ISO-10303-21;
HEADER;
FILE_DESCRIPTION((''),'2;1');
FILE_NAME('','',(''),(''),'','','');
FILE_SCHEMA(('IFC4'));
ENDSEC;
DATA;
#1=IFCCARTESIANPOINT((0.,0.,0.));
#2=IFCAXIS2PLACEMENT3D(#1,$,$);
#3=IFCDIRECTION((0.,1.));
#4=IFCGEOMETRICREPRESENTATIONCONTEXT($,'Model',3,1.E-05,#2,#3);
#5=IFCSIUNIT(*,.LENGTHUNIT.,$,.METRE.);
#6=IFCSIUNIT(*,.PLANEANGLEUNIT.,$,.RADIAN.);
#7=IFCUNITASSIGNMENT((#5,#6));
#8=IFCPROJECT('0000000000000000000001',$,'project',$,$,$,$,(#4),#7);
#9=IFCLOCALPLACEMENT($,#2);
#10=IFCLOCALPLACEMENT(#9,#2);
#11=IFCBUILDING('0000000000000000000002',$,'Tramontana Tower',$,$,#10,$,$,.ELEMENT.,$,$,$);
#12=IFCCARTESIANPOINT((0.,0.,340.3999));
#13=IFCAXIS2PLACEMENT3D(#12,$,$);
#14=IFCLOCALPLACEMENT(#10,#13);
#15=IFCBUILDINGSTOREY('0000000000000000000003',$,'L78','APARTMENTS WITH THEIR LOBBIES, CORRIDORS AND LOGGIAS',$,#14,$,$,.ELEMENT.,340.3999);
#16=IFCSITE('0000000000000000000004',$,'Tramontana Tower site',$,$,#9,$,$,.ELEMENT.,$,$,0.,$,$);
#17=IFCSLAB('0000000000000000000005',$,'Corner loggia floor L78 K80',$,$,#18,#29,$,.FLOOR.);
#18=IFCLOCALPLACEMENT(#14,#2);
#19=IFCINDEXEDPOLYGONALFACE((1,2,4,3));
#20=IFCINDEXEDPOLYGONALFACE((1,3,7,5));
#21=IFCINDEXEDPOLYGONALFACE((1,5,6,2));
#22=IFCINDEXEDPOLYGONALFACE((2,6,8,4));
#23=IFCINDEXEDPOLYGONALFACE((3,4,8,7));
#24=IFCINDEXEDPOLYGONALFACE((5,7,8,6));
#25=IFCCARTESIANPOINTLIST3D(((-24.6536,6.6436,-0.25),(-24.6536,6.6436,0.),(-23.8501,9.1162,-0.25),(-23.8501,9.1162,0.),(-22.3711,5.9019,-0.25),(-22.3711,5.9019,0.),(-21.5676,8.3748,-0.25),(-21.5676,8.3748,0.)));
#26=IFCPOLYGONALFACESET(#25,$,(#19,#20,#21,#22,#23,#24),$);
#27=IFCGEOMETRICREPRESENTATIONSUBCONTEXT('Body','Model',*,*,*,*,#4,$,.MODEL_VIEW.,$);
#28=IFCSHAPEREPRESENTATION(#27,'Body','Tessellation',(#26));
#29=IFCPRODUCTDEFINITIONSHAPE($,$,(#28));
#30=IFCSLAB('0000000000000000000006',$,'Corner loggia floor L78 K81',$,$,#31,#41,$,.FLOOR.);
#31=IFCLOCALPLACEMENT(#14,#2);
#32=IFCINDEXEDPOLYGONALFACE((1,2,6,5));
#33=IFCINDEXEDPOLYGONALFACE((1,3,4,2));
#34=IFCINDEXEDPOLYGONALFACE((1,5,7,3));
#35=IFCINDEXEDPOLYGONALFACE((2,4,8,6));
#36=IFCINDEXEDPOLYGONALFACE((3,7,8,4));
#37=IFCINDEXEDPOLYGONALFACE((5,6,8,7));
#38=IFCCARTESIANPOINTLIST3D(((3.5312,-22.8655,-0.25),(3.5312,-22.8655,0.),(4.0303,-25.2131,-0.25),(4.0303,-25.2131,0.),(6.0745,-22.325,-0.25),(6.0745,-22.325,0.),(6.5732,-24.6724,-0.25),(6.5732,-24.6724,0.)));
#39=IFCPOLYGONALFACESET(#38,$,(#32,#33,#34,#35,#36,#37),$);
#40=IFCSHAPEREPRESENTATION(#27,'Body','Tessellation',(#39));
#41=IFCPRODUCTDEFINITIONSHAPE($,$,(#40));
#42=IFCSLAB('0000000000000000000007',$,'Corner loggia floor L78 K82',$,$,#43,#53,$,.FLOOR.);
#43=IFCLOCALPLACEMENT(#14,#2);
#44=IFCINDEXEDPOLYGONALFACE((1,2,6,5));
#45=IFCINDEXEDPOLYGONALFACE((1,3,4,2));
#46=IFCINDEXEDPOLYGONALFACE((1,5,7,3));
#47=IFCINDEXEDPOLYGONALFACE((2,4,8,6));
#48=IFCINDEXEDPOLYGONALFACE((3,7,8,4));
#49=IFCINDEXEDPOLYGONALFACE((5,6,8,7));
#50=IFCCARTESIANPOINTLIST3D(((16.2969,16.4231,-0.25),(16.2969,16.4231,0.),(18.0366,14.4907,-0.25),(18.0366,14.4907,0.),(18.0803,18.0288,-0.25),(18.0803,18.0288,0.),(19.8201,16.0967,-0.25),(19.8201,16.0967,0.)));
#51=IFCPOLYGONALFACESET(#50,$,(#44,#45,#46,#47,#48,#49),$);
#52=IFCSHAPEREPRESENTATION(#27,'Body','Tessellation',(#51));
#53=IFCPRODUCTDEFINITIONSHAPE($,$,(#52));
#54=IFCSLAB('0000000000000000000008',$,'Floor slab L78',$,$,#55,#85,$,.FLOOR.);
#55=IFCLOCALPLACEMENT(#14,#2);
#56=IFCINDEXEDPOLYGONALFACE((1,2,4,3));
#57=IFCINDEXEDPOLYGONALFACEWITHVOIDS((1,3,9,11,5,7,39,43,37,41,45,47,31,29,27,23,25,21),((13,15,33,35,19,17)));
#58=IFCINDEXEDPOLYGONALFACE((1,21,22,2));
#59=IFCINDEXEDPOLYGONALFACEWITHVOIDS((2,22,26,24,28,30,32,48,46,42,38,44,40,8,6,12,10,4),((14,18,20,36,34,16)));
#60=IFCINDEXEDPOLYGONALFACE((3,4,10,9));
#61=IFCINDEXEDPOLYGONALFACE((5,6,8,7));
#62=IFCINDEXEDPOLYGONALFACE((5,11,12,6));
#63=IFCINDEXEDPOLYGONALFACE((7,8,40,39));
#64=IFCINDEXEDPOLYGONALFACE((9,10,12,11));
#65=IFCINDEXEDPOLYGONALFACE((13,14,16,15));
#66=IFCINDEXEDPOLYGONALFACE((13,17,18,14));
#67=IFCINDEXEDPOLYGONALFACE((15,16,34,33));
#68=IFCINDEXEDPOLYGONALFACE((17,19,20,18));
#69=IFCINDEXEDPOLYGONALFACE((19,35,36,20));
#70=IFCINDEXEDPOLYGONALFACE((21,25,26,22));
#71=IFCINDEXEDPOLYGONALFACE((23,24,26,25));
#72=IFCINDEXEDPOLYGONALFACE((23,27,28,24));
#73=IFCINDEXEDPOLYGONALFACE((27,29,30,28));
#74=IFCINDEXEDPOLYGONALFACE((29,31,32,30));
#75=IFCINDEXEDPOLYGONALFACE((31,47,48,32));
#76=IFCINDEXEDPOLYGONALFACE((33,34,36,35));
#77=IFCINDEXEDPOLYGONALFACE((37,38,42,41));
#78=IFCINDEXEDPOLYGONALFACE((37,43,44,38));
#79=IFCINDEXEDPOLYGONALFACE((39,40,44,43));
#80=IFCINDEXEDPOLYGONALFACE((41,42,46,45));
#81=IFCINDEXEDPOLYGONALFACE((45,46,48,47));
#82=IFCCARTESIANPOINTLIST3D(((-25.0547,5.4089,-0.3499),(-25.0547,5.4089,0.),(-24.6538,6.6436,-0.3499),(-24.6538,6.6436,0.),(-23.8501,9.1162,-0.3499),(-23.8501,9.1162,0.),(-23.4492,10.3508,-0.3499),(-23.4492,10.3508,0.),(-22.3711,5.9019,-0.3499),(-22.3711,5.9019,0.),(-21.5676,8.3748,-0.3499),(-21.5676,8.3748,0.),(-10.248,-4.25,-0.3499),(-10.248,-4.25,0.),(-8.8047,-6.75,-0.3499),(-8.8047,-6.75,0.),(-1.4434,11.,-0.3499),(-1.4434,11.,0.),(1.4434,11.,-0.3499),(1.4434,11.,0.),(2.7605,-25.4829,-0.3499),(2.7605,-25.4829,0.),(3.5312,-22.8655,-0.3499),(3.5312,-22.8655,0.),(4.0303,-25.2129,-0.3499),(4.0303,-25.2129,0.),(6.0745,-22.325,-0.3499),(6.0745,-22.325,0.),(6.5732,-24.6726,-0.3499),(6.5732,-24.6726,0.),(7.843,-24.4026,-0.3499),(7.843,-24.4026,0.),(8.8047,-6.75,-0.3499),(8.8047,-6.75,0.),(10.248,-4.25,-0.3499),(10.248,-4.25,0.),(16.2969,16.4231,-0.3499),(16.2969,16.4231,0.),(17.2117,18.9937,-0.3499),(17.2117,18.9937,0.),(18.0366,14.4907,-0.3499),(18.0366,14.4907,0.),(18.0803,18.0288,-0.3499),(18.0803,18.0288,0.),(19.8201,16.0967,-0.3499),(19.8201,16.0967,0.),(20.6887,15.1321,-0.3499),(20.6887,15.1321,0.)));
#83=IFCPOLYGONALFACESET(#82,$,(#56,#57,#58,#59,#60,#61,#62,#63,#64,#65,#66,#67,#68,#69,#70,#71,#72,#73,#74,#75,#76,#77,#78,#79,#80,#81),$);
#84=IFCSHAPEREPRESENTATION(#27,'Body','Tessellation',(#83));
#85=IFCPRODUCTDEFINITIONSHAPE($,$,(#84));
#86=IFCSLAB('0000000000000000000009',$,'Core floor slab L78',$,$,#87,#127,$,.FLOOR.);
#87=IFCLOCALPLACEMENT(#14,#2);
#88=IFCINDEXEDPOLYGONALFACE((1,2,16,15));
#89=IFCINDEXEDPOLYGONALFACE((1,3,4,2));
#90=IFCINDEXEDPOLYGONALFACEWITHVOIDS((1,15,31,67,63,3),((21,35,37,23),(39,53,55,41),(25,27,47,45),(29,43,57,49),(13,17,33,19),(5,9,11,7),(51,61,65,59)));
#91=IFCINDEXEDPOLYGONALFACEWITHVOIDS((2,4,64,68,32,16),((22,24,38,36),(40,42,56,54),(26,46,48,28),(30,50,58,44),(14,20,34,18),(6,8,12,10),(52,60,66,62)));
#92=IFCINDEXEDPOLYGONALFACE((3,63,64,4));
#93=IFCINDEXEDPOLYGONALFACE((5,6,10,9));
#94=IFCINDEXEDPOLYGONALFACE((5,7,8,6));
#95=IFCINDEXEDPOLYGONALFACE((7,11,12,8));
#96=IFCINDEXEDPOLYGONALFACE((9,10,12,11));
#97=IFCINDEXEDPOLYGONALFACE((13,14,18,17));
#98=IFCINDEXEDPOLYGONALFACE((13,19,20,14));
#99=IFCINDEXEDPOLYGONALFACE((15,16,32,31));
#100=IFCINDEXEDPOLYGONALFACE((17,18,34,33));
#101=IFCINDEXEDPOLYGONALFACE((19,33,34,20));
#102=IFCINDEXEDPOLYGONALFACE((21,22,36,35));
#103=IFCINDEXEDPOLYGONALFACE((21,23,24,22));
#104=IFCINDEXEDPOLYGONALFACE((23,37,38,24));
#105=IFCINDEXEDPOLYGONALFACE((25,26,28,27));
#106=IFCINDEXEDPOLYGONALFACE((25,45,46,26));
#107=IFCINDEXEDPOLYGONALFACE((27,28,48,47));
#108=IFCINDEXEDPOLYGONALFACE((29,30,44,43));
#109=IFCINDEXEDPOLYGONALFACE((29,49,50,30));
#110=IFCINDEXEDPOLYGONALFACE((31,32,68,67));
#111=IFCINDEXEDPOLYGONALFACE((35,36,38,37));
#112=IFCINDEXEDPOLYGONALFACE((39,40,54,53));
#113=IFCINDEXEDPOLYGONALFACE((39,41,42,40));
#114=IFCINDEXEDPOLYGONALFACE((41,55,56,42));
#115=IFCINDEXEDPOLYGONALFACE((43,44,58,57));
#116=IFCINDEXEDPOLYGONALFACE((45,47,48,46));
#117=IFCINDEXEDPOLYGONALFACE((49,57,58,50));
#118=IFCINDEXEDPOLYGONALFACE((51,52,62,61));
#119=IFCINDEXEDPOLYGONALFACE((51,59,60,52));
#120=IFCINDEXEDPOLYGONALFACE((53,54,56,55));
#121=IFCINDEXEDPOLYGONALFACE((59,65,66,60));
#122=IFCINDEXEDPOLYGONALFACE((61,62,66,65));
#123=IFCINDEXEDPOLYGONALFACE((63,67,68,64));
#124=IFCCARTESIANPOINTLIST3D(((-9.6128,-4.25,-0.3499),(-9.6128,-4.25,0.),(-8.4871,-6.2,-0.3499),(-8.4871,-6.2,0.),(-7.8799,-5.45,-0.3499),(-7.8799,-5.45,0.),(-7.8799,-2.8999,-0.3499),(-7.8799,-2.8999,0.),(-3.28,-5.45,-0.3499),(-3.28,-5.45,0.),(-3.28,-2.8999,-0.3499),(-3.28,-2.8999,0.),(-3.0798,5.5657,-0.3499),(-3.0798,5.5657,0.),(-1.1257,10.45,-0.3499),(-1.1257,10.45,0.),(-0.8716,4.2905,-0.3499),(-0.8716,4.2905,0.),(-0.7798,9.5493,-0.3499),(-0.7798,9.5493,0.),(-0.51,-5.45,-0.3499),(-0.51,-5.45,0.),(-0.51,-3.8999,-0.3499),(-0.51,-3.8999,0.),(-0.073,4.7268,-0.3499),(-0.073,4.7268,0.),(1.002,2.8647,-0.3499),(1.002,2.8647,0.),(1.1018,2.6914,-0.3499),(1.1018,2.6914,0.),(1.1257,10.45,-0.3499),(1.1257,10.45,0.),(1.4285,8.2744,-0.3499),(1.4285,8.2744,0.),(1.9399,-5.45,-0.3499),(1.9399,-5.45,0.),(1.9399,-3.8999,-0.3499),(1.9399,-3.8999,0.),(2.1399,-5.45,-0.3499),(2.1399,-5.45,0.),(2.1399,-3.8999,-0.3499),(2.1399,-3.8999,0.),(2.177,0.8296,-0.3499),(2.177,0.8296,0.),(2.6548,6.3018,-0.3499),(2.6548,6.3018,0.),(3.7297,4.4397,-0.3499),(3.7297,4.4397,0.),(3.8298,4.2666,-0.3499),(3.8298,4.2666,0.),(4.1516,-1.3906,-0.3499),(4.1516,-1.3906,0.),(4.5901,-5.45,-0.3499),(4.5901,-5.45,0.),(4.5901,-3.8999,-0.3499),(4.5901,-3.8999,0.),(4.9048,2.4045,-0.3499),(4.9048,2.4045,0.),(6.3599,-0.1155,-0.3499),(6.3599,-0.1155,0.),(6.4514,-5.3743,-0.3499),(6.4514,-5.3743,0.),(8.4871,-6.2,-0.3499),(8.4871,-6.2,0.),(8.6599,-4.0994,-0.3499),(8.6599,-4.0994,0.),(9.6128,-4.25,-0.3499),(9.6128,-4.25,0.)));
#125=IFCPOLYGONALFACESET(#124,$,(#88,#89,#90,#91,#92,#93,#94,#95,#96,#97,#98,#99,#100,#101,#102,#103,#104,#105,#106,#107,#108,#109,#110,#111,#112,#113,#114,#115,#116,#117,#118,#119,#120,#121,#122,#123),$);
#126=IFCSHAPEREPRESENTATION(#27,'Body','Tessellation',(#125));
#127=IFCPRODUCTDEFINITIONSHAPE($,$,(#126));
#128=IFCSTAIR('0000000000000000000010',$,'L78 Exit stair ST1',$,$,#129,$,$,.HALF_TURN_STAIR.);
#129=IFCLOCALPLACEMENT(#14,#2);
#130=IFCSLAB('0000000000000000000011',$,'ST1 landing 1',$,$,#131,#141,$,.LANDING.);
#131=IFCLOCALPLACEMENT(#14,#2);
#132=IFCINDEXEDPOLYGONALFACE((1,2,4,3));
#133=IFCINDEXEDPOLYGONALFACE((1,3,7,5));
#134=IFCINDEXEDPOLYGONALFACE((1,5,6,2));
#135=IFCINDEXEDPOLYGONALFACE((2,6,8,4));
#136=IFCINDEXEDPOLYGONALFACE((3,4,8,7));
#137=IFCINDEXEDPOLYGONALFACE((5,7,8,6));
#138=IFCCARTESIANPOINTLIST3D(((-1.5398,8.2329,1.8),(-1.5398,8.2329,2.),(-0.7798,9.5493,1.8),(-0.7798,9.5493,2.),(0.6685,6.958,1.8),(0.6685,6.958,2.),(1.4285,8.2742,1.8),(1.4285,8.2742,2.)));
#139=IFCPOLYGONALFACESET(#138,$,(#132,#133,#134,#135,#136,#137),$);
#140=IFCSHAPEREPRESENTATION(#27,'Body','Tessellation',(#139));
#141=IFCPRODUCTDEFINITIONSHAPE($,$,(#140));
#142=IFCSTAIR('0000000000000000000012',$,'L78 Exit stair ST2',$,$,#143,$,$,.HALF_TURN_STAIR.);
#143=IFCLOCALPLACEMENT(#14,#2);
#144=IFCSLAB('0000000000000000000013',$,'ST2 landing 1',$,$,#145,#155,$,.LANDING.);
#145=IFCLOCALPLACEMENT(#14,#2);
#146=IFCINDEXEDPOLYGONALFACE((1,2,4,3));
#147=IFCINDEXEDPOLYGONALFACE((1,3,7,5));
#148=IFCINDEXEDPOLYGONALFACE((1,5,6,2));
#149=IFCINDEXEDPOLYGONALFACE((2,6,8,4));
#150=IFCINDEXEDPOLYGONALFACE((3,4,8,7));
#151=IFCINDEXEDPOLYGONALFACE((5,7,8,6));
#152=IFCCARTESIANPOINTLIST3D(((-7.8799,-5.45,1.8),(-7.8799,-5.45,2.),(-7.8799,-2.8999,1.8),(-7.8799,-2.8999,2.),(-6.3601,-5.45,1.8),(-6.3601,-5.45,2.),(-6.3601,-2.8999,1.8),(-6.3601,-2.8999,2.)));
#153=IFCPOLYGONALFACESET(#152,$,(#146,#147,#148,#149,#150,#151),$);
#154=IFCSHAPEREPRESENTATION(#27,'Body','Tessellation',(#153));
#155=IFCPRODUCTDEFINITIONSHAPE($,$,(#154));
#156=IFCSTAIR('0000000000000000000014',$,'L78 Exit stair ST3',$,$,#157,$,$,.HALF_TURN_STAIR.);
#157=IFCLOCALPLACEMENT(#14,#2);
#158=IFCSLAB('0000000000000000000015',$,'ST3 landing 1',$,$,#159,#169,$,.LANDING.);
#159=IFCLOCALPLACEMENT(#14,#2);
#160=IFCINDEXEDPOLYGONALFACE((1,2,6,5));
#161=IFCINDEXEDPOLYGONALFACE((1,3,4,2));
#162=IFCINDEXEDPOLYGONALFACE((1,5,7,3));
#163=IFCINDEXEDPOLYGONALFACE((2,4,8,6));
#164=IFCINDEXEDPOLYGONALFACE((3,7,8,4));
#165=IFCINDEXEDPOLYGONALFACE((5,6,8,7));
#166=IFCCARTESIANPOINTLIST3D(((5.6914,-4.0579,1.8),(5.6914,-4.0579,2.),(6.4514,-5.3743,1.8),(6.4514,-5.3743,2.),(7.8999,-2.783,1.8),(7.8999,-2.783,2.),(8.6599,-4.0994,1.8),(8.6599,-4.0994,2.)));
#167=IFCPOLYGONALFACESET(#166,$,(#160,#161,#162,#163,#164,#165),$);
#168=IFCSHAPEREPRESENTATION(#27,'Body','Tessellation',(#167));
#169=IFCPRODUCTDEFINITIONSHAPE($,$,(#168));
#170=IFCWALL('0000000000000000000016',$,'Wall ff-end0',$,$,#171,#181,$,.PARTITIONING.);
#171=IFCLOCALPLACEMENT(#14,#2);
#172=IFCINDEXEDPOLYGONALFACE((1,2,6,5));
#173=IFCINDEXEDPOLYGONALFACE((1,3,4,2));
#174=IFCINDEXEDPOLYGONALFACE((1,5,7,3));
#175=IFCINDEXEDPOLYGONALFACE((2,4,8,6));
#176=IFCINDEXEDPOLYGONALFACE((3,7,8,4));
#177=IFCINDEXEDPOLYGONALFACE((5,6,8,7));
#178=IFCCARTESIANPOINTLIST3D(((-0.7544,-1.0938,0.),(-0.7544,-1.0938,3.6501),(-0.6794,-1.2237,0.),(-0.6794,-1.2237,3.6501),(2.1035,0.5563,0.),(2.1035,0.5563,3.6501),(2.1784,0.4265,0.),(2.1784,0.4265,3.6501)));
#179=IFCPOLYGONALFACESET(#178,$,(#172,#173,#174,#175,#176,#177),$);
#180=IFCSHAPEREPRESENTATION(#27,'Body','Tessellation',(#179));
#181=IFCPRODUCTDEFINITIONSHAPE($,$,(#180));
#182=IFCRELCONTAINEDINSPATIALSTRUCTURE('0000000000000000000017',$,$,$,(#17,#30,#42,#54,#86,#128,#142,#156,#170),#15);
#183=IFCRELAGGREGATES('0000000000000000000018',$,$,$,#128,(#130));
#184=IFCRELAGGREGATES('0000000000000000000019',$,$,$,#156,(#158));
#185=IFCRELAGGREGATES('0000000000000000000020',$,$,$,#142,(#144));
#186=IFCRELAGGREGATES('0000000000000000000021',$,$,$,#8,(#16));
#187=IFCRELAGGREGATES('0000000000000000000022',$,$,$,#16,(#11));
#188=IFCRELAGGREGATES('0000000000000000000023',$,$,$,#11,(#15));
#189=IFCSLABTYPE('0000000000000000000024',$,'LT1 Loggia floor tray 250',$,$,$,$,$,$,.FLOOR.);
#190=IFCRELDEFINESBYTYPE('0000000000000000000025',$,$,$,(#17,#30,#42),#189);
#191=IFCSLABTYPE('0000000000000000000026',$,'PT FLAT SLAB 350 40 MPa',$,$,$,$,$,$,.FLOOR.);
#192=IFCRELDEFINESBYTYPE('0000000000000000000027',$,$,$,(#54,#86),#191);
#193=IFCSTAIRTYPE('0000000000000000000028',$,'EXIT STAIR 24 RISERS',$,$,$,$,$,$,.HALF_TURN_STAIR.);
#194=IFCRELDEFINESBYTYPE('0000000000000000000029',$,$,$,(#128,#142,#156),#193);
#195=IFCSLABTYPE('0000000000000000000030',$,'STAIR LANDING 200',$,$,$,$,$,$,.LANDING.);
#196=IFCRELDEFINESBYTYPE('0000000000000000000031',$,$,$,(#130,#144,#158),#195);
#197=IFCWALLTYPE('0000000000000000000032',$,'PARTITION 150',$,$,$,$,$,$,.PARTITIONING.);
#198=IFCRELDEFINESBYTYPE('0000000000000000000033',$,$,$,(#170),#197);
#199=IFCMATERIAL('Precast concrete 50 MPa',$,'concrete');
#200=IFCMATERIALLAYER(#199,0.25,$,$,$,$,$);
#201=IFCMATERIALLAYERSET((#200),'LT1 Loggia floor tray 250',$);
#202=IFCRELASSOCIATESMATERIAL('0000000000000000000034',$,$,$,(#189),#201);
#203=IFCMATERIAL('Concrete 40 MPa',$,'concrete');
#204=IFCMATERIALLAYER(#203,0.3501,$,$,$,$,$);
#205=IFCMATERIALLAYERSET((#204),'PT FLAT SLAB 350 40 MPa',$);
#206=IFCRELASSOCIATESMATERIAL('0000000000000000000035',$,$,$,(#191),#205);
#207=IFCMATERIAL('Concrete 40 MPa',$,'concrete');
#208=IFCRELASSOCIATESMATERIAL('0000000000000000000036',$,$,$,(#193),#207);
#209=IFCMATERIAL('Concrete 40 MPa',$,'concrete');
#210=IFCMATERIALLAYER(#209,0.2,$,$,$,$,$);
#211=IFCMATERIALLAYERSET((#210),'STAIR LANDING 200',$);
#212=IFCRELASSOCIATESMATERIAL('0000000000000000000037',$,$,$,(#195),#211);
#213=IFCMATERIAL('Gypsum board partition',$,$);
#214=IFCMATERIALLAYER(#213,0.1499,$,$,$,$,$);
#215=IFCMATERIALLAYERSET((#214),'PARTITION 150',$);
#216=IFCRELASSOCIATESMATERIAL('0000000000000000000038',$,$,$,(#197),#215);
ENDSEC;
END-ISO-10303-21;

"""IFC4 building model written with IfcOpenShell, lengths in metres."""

from ifc_helpers import new_model, si_unit, direction, frame, frame_2d, origin, place, context, subcontext, project, spatial, polyline, rectangle, outline, extrude, material, layer, layer_set, type_object, element, aggregate, save


model = new_model("IFC4")

# Units and contexts
model_context = context("Model", 3, precision=1e-05, world=origin(), true_north=direction((0.0, 1.0)))
body_context = subcontext(model_context, "Body", "Model", "MODEL_VIEW")
ifc_project = project(units=[si_unit("LENGTHUNIT", "METRE"), si_unit("PLANEANGLEUNIT", "RADIAN")], contexts=[model_context])

# Site, building, storey
site_placement = place(None, origin())
site = spatial("IfcSite", under=ifc_project, at=site_placement, Name="Tramontana Tower site", CompositionType="ELEMENT", RefElevation=0.0)
building_placement = place(site_placement, origin())
building = spatial("IfcBuilding", under=site, at=building_placement, Name="Tramontana Tower", CompositionType="ELEMENT")
storey_placement = place(building_placement, frame((0.0, 0.0, 340.3999)))
storey = spatial("IfcBuildingStorey", under=building, at=storey_placement, Name="L78", Description="APARTMENTS WITH THEIR LOBBIES, CORRIDORS AND LOGGIAS", CompositionType="ELEMENT", Elevation=340.3999)

# Slabs
ifc_material_1 = material(Name="Precast concrete 50 MPa", Category="concrete")
ifc_layer_1 = layer(ifc_material_1, 0.25)
ifc_layer_set_1 = layer_set([ifc_layer_1], Name="LT1 Loggia floor tray 250")
slab_type_1 = type_object("IfcSlabType", Name="LT1 Loggia floor tray 250", PredefinedType="FLOOR", material=ifc_layer_set_1)
slab_1_placement = place(storey_placement, frame((0.0, 0.0, -0.25)))
element("IfcSlab", 1, at=slab_1_placement, inside=storey, type_object=slab_type_1, Name="Corner loggia floor L78 K80", PredefinedType="FLOOR", context=body_context, shape_type="SweptSolid", body=[
    extrude(outline(polyline([(-23.8501, 9.1162), (-21.5676, 8.3748), (-22.3711, 5.9019), (-24.6536, 6.6436), (-23.8501, 9.1162)])), origin(), (0.0, 0.0, 1.0), 0.25),
])
slab_2_placement = place(storey_placement, frame((0.0, 0.0, -0.25)))
element("IfcSlab", 2, at=slab_2_placement, inside=storey, type_object=slab_type_1, Name="Corner loggia floor L78 K81", PredefinedType="FLOOR", context=body_context, shape_type="SweptSolid", body=[
    extrude(outline(polyline([(4.0303, -25.2131), (3.5312, -22.8655), (6.0745, -22.325), (6.5732, -24.6724), (4.0303, -25.2131)])), origin(), (0.0, 0.0, 1.0), 0.25),
])
slab_3_placement = place(storey_placement, frame((0.0, 0.0, -0.25)))
element("IfcSlab", 3, at=slab_3_placement, inside=storey, type_object=slab_type_1, Name="Corner loggia floor L78 K82", PredefinedType="FLOOR", context=body_context, shape_type="SweptSolid", body=[
    extrude(outline(polyline([(19.8201, 16.0967), (18.0366, 14.4907), (16.2969, 16.4231), (18.0803, 18.0288), (19.8201, 16.0967)])), origin(), (0.0, 0.0, 1.0), 0.25),
])
ifc_material_2 = material(Name="Concrete 40 MPa", Category="concrete")
ifc_layer_2 = layer(ifc_material_2, 0.3501)
ifc_layer_set_2 = layer_set([ifc_layer_2], Name="PT FLAT SLAB 350 40 MPa")
slab_type_2 = type_object("IfcSlabType", Name="PT FLAT SLAB 350 40 MPa", PredefinedType="FLOOR", material=ifc_layer_set_2)
slab_4_placement = place(storey_placement, frame((0.0, 0.0, -0.3499)))
element("IfcSlab", 4, at=slab_4_placement, inside=storey, type_object=slab_type_2, Name="Floor slab L78", PredefinedType="FLOOR", context=body_context, shape_type="SweptSolid", body=[
    extrude(outline(polyline([(18.0803, 18.0288), (16.2969, 16.4231), (18.0366, 14.4907), (19.8201, 16.0967), (20.6887, 15.1321), (7.843, -24.4026), (6.5732, -24.6726), (6.0745, -22.325), (3.5312, -22.8655), (4.0303, -25.2129), (2.7605, -25.4829), (-25.0547, 5.4089), (-24.6538, 6.6436), (-22.3711, 5.9019), (-21.5676, 8.3748), (-23.8501, 9.1162), (-23.4492, 10.3508), (17.2117, 18.9937), (18.0803, 18.0288)]), holes=[polyline([(-10.248, -4.25), (-8.8047, -6.75), (8.8047, -6.75), (10.248, -4.25), (1.4434, 11.0), (-1.4434, 11.0), (-10.248, -4.25)])]), origin(), (0.0, 0.0, 1.0), 0.3499),
])
slab_5_placement = place(storey_placement, frame((0.0, 0.0, -0.3499)))
element("IfcSlab", 5, at=slab_5_placement, inside=storey, type_object=slab_type_2, Name="Core floor slab L78", PredefinedType="FLOOR", context=body_context, shape_type="SweptSolid", body=[
    extrude(outline(polyline([(9.6128, -4.25), (8.4871, -6.2), (-8.4871, -6.2), (-9.6128, -4.25), (-1.1257, 10.45), (1.1257, 10.45), (9.6128, -4.25)]), holes=[polyline([(8.6599, -4.0994), (6.3599, -0.1155), (4.1516, -1.3906), (6.4514, -5.3743), (8.6599, -4.0994)]), polyline([(3.8298, 4.2666), (1.1018, 2.6914), (2.177, 0.8296), (4.9048, 2.4045), (3.8298, 4.2666)]), polyline([(4.5901, -3.8999), (2.1399, -3.8999), (2.1399, -5.45), (4.5901, -5.45), (4.5901, -3.8999)]), polyline([(2.6548, 6.3018), (-0.073, 4.7268), (1.002, 2.8647), (3.7297, 4.4397), (2.6548, 6.3018)]), polyline([(1.9399, -5.45), (1.9399, -3.8999), (-0.51, -3.8999), (-0.51, -5.45), (1.9399, -5.45)]), polyline([(-0.7798, 9.5493), (-3.0798, 5.5657), (-0.8716, 4.2905), (1.4285, 8.2744), (-0.7798, 9.5493)]), polyline([(-7.8799, -5.45), (-3.28, -5.45), (-3.28, -2.8999), (-7.8799, -2.8999), (-7.8799, -5.45)])]), origin(), (0.0, 0.0, 1.0), 0.3499),
])

# Stairs, slabs
ifc_material_3 = material(Name="Concrete 40 MPa", Category="concrete")
stair_type = type_object("IfcStairType", Name="EXIT STAIR 24 RISERS", PredefinedType="HALF_TURN_STAIR", material=ifc_material_3)
stair_1_placement = place(storey_placement, origin())
stair_1 = element("IfcStair", 6, at=stair_1_placement, inside=storey, type_object=stair_type, Name="L78 Exit stair ST1", PredefinedType="HALF_TURN_STAIR")
ifc_material_4 = material(Name="Concrete 40 MPa", Category="concrete")
ifc_layer_3 = layer(ifc_material_4, 0.2)
ifc_layer_set_3 = layer_set([ifc_layer_3], Name="STAIR LANDING 200")
slab_type_3 = type_object("IfcSlabType", Name="STAIR LANDING 200", PredefinedType="LANDING", material=ifc_layer_set_3)
slab_6_placement = place(storey_placement, frame((0.0, 0.0, 1.8)))
slab_6 = element("IfcSlab", 7, at=slab_6_placement, type_object=slab_type_3, Name="ST1 landing 1", PredefinedType="LANDING", context=body_context, shape_type="SweptSolid", body=[
    extrude(outline(polyline([(0.6685, 6.958), (1.4285, 8.2742), (-0.7798, 9.5493), (-1.5398, 8.2329), (0.6685, 6.958)])), origin(), (0.0, 0.0, 1.0), 0.2),
])
aggregate(stair_1, [slab_6])
stair_2_placement = place(storey_placement, origin())
stair_2 = element("IfcStair", 8, at=stair_2_placement, inside=storey, type_object=stair_type, Name="L78 Exit stair ST2", PredefinedType="HALF_TURN_STAIR")
slab_7_placement = place(storey_placement, frame((0.0, 0.0, 1.8)))
slab_7 = element("IfcSlab", 9, at=slab_7_placement, type_object=slab_type_3, Name="ST2 landing 1", PredefinedType="LANDING", context=body_context, shape_type="SweptSolid", body=[
    extrude(outline(polyline([(-6.3601, -2.8999), (-7.8799, -2.8999), (-7.8799, -5.45), (-6.3601, -5.45), (-6.3601, -2.8999)])), origin(), (0.0, 0.0, 1.0), 0.2),
])
stair_3_placement = place(storey_placement, origin())
stair_3 = element("IfcStair", 10, at=stair_3_placement, inside=storey, type_object=stair_type, Name="L78 Exit stair ST3", PredefinedType="HALF_TURN_STAIR")
slab_8_placement = place(storey_placement, frame((0.0, 0.0, 1.8)))
slab_8 = element("IfcSlab", 11, at=slab_8_placement, type_object=slab_type_3, Name="ST3 landing 1", PredefinedType="LANDING", context=body_context, shape_type="SweptSolid", body=[
    extrude(outline(polyline([(5.6914, -4.0579), (6.4514, -5.3743), (8.6599, -4.0994), (7.8999, -2.783), (5.6914, -4.0579)])), origin(), (0.0, 0.0, 1.0), 0.2),
])
aggregate(stair_3, [slab_8])

# Shared definitions
ifc_material_5 = material(Name="Gypsum board partition")
ifc_layer_4 = layer(ifc_material_5, 0.1499)
ifc_layer_set_4 = layer_set([ifc_layer_4], Name="PARTITION 150")
wall_type_1 = type_object("IfcWallType", Name="PARTITION 150", PredefinedType="PARTITIONING", material=ifc_layer_set_4)

# Wall
wall_1_placement = place(storey_placement, frame((-0.7168, -1.1587, 0.0), z_axis=(0.0, 0.0, 1.0), x_axis=(0.866008, 0.50003, 0.0)))
element("IfcWall", 12, at=wall_1_placement, inside=storey, type_object=wall_type_1, Name="Wall ff-end0", PredefinedType="PARTITIONING", context=body_context, shape_type="SweptSolid", body=[
    extrude(rectangle(XDim=3.3, YDim=0.1499, at=frame_2d((1.6499, 0.0))), origin(), (0.0, 0.0, 1.0), 3.6501),
])

aggregate(stair_2, [slab_7])

save(model, "model.ifc")
